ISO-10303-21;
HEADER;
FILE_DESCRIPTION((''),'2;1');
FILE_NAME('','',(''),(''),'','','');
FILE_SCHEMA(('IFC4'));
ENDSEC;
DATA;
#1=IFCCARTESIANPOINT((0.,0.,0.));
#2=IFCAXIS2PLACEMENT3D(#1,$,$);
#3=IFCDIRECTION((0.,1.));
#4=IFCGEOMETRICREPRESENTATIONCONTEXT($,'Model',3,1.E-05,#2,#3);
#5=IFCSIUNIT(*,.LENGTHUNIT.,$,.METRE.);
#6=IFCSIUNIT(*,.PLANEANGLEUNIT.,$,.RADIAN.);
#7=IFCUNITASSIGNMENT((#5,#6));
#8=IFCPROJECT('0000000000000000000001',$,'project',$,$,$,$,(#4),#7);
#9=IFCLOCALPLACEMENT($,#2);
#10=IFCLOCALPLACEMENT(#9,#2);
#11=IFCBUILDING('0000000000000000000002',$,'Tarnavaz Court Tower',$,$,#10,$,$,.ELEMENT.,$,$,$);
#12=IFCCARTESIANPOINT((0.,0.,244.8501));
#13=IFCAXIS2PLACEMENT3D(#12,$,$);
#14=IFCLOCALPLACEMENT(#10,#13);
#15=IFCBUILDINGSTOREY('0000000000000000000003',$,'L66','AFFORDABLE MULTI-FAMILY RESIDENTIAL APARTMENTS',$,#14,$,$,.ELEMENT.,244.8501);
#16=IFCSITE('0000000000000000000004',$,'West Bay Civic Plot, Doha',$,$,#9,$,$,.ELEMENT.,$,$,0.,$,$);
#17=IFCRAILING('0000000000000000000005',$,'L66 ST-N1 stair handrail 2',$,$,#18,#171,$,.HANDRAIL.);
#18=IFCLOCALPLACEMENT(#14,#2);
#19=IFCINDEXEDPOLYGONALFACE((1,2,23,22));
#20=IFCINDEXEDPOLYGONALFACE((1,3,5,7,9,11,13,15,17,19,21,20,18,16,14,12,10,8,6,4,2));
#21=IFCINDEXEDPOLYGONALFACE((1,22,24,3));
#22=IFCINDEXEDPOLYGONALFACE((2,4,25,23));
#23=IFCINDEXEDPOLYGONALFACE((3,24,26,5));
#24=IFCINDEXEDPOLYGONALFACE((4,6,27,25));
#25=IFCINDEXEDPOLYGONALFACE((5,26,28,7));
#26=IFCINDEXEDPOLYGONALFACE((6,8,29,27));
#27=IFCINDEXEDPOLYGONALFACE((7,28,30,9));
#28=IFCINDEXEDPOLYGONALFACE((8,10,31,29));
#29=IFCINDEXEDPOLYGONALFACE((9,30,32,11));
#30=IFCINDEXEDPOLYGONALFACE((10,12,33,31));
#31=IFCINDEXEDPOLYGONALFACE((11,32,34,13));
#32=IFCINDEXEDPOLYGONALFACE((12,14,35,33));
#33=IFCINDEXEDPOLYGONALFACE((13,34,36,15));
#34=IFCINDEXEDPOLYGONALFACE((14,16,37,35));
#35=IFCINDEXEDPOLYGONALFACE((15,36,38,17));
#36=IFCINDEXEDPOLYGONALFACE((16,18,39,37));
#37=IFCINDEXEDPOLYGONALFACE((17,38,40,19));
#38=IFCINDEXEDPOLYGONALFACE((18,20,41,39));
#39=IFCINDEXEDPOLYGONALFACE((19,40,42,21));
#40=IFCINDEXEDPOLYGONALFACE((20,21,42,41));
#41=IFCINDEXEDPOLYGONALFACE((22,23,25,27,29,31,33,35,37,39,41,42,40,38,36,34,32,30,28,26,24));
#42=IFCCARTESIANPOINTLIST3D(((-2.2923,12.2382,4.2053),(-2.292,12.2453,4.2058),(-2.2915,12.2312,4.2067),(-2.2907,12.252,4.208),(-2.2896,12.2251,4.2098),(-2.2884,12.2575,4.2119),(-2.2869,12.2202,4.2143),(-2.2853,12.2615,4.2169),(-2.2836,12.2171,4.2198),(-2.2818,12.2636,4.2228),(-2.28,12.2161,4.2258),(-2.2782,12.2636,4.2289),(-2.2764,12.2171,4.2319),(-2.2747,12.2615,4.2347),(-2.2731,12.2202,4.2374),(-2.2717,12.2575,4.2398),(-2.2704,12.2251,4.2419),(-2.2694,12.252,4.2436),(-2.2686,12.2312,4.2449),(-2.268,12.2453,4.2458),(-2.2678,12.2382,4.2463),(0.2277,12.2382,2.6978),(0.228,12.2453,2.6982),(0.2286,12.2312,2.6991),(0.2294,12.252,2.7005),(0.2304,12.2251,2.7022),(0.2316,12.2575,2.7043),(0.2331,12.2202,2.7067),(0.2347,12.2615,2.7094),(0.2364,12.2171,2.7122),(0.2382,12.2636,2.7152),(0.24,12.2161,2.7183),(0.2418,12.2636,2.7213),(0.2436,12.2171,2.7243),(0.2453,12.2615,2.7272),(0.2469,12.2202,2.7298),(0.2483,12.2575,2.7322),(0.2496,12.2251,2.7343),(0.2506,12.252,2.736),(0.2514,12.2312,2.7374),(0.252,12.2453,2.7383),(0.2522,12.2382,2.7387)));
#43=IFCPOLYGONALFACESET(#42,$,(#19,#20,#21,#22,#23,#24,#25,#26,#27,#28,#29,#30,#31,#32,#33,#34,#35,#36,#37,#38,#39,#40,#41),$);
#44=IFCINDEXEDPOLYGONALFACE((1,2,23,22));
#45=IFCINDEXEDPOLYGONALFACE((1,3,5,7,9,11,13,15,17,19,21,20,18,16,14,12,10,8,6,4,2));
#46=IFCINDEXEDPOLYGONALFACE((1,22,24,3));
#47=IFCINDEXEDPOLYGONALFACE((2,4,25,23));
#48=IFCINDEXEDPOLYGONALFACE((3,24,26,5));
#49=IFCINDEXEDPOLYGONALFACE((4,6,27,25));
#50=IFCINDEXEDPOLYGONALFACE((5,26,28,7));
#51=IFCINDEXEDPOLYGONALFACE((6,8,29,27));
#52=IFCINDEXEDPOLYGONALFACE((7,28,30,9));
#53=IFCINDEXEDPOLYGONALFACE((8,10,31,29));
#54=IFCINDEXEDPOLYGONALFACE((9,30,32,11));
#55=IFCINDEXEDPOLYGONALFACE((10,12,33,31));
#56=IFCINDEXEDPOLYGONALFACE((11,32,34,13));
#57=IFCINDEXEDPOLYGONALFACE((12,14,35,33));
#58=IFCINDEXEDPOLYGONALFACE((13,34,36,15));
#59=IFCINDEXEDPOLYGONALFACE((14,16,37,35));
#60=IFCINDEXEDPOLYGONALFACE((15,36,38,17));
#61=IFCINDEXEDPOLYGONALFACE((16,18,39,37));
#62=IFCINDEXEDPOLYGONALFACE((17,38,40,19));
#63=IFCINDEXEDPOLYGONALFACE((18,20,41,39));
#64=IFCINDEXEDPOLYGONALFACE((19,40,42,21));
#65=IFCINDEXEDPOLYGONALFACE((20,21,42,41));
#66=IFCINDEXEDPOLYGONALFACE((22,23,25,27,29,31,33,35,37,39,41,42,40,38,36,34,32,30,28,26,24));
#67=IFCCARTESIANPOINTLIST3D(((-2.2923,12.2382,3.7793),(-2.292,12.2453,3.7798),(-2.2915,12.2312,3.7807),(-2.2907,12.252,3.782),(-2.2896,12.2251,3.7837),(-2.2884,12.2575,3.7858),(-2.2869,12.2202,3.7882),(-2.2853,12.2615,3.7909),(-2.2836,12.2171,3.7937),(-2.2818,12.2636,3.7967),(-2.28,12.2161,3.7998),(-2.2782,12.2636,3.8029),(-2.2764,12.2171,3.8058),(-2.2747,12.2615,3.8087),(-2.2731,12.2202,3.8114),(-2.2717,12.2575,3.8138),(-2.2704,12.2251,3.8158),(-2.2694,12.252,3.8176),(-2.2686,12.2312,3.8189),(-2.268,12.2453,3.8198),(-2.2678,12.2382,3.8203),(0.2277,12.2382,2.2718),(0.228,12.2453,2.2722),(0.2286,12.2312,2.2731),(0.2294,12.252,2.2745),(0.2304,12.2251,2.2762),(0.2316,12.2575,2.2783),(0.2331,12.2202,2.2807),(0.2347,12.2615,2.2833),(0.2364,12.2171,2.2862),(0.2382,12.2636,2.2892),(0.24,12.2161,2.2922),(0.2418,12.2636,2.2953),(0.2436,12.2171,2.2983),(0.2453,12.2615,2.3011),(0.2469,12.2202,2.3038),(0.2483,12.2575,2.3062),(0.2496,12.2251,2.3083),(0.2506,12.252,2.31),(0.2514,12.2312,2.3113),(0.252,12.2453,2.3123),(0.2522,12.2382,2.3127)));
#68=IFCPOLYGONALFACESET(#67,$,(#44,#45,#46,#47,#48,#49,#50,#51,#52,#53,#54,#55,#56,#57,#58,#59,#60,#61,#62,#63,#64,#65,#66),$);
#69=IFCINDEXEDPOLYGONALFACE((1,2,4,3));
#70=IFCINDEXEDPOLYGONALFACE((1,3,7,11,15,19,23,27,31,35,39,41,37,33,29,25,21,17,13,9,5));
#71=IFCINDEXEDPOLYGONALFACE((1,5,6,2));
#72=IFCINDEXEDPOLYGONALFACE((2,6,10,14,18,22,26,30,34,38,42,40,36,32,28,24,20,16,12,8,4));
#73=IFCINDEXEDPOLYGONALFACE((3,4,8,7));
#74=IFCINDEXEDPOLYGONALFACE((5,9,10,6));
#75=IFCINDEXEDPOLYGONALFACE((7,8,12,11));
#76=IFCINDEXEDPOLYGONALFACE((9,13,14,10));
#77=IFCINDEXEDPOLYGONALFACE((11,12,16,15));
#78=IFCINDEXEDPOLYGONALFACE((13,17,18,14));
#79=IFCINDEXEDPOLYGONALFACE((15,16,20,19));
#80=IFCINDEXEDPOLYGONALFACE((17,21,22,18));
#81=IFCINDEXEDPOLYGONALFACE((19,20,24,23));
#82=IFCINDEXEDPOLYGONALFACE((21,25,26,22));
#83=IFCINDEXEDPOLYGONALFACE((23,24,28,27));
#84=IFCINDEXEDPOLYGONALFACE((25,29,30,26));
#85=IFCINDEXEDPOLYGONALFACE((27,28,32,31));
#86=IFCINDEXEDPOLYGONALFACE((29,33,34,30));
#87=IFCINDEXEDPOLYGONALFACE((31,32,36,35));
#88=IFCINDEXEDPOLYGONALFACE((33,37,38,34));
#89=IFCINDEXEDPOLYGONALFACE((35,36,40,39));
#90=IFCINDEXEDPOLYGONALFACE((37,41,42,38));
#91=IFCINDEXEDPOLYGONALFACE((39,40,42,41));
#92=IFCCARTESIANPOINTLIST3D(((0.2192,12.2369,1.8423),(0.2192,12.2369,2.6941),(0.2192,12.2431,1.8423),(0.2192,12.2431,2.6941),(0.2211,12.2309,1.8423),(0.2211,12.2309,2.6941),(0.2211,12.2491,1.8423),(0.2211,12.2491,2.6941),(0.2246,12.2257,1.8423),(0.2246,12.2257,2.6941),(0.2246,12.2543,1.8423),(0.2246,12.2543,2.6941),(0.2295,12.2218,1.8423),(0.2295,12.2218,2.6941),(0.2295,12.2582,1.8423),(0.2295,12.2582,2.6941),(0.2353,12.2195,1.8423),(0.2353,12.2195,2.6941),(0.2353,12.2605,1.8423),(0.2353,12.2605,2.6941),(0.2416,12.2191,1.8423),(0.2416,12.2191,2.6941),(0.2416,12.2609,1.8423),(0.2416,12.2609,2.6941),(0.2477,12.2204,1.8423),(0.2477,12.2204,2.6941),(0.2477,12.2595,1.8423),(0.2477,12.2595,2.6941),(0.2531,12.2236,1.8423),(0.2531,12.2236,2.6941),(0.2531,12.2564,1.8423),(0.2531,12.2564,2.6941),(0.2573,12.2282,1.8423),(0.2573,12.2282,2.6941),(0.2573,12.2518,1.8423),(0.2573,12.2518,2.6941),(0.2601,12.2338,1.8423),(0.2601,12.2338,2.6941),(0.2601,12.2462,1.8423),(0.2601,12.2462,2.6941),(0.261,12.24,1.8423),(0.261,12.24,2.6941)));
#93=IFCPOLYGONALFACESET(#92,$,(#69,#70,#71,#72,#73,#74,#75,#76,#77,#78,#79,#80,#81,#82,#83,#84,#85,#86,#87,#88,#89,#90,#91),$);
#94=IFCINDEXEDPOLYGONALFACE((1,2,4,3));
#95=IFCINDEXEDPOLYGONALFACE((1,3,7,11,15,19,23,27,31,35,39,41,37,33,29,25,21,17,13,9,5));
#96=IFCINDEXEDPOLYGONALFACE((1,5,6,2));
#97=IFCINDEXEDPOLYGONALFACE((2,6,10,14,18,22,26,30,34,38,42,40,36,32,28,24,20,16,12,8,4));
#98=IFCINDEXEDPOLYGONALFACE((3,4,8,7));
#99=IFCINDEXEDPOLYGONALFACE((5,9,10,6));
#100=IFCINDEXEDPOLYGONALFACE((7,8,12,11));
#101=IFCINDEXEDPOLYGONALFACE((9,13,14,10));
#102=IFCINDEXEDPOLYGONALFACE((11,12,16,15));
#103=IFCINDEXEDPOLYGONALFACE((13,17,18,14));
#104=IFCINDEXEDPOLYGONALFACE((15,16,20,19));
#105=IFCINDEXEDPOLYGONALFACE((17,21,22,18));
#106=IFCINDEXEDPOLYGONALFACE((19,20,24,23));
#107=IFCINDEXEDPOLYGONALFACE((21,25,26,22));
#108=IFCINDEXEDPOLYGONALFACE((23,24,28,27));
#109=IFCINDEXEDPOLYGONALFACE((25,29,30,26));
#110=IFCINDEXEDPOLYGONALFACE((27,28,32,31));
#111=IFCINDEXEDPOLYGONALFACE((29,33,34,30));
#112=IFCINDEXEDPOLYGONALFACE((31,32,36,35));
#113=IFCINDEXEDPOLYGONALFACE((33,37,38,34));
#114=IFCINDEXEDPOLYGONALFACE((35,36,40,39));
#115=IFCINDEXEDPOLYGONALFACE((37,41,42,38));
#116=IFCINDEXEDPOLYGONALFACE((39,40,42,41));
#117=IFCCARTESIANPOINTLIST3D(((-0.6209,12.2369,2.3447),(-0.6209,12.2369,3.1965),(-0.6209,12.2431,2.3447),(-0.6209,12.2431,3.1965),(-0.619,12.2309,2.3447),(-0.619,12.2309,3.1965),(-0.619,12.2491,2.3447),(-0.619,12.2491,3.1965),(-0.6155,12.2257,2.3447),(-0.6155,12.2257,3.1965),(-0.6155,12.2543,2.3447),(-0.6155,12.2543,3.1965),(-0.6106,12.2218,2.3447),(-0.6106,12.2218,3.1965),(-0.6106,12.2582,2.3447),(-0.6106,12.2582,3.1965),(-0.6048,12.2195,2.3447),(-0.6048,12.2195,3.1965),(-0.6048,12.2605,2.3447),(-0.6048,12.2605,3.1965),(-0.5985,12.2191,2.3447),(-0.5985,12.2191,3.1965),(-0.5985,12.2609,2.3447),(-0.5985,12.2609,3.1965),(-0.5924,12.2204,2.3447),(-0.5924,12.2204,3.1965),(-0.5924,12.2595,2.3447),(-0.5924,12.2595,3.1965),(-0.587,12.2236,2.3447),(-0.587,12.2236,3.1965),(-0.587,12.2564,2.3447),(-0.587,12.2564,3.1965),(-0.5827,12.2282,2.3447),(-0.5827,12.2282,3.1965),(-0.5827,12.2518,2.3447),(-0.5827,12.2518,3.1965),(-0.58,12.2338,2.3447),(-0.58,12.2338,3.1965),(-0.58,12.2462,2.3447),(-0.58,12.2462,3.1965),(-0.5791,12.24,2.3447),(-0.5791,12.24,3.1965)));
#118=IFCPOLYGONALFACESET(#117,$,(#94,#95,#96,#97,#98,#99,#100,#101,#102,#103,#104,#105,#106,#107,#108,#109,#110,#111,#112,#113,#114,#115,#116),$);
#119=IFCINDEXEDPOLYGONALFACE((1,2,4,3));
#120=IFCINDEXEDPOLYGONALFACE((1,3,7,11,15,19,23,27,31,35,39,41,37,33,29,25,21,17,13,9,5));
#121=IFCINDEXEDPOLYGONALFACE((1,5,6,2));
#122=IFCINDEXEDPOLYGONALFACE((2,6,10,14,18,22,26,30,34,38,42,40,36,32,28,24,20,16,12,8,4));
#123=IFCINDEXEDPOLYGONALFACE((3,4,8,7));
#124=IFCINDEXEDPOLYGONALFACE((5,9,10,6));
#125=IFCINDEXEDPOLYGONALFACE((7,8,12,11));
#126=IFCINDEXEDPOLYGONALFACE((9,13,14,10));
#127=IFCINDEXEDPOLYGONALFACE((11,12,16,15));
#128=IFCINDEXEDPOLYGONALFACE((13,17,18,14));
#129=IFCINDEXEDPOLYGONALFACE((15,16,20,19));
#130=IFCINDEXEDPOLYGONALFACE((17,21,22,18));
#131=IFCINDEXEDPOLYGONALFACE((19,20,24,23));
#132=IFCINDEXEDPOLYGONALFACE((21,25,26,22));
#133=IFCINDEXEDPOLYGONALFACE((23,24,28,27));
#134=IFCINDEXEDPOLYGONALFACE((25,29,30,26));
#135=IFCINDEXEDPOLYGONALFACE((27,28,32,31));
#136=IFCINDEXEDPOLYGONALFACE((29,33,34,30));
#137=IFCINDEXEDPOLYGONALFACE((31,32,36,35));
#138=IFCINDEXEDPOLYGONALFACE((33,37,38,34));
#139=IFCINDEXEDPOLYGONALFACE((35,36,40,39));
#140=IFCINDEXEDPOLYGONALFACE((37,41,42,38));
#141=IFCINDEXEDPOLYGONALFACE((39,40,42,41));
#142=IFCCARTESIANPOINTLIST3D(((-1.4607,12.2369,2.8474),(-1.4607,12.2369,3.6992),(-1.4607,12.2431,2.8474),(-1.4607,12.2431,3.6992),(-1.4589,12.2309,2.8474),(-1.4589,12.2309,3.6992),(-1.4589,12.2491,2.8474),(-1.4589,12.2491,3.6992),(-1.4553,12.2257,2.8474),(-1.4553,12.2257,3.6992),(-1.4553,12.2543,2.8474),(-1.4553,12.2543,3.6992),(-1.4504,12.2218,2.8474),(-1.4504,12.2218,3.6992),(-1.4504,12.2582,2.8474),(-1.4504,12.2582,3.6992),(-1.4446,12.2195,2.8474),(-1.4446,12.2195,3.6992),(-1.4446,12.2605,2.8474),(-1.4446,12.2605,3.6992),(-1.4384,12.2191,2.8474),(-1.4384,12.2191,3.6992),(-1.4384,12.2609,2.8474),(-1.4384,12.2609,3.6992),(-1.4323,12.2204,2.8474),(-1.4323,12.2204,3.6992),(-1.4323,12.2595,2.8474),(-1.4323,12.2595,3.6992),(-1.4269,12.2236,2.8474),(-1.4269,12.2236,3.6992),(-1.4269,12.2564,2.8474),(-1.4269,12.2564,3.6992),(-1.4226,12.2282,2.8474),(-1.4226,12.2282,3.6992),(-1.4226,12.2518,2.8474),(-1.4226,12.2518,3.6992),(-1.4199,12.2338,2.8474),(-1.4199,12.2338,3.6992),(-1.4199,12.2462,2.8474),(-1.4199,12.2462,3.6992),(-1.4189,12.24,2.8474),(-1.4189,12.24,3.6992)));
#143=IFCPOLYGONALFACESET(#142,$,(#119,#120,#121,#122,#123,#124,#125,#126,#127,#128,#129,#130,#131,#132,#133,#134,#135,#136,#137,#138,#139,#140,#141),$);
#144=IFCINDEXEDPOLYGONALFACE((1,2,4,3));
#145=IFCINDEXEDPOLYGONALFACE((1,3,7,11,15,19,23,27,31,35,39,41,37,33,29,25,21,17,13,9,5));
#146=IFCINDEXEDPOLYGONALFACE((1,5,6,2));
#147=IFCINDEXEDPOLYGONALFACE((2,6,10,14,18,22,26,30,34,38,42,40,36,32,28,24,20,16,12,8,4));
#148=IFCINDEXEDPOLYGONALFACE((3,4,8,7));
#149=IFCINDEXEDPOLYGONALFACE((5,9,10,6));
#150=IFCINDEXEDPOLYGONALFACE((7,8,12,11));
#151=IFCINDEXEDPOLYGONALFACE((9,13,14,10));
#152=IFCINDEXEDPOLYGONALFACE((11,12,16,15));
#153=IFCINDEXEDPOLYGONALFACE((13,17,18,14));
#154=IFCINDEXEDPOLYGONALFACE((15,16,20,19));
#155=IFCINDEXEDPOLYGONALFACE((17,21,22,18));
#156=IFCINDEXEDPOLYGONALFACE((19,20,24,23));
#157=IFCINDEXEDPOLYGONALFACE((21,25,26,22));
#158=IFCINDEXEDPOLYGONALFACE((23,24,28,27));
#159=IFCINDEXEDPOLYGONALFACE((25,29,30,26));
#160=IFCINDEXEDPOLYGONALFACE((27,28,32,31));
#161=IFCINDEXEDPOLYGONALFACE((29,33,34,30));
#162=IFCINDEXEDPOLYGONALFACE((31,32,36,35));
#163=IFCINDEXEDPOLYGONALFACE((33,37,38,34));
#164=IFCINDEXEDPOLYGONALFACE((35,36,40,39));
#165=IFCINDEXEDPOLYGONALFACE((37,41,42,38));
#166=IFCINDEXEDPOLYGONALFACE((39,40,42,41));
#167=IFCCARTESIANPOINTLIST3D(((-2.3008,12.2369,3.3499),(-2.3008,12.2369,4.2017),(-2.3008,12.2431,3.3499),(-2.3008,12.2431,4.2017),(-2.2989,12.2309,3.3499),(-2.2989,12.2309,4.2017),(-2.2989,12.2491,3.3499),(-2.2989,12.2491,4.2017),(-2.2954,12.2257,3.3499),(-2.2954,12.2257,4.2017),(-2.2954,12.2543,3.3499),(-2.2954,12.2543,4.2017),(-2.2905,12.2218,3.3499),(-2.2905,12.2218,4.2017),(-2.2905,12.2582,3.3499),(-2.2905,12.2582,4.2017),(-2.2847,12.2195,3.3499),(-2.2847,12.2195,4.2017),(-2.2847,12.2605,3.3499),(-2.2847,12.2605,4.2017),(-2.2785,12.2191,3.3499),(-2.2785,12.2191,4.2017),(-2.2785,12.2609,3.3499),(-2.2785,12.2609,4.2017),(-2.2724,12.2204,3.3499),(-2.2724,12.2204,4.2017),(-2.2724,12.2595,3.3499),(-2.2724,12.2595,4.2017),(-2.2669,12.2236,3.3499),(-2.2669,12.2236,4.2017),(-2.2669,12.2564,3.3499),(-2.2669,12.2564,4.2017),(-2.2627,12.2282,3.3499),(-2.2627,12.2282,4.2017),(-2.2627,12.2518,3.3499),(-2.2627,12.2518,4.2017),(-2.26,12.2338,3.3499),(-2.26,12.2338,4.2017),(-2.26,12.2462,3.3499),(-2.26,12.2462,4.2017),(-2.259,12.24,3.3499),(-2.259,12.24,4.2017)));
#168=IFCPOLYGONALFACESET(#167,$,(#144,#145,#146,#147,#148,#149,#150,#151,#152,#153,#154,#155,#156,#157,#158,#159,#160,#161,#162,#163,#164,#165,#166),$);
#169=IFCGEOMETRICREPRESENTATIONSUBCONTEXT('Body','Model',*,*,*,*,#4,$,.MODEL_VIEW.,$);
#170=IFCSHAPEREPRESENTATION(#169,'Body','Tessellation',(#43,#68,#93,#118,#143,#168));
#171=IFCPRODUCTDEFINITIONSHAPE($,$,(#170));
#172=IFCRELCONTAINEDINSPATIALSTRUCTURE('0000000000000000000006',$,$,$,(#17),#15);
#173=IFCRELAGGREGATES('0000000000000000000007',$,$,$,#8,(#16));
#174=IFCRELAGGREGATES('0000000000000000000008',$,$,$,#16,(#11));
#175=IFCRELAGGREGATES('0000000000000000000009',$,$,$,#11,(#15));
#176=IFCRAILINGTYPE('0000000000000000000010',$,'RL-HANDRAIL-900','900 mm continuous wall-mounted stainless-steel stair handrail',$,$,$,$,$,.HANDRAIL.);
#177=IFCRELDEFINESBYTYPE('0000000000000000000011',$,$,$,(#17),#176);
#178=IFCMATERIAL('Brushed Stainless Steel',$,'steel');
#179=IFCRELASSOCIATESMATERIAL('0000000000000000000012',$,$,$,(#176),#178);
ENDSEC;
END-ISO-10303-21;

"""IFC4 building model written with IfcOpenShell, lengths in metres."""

from ifc_helpers import new_model, si_unit, direction, frame, origin, origin_2d, place, context, subcontext, project, spatial, circle, extrude, material, type_object, element, save


model = new_model("IFC4")

# Units and contexts
model_context = context("Model", 3, precision=1e-05, world=origin(), true_north=direction((0.0, 1.0)))
body_context = subcontext(model_context, "Body", "Model", "MODEL_VIEW")
ifc_project = project(units=[si_unit("LENGTHUNIT", "METRE"), si_unit("PLANEANGLEUNIT", "RADIAN")], contexts=[model_context])

# Site, building, storey
site_placement = place(None, origin())
site = spatial("IfcSite", under=ifc_project, at=site_placement, Name="West Bay Civic Plot, Doha", CompositionType="ELEMENT", RefElevation=0.0)
building_placement = place(site_placement, origin())
building = spatial("IfcBuilding", under=site, at=building_placement, Name="Tarnavaz Court Tower", CompositionType="ELEMENT")
storey_placement = place(building_placement, frame((0.0, 0.0, 244.8501)))
storey = spatial("IfcBuildingStorey", under=building, at=storey_placement, Name="L66", Description="AFFORDABLE MULTI-FAMILY RESIDENTIAL APARTMENTS", CompositionType="ELEMENT", Elevation=244.8501)

# Railing
ifc_material_1 = material(Name="Brushed Stainless Steel", Category="steel")
railing_type_1 = type_object("IfcRailingType", Name="RL-HANDRAIL-900", Description="900 mm continuous wall-mounted stainless-steel stair handrail", PredefinedType="HANDRAIL", material=ifc_material_1)
railing_1_placement = place(storey_placement, frame((0.24, 12.24, 1.8423)))
element("IfcRailing", 1, at=railing_1_placement, inside=storey, type_object=railing_type_1, Name="L66 ST-N1 stair handrail 2", PredefinedType="HANDRAIL", context=body_context, shape_type="SweptSolid", body=[
    extrude(circle(Radius=0.0239, at=origin_2d()), frame((0.0, 0.0, 0.876), z_axis=(-0.85816, 0.0, 0.513383), x_axis=(0.0, -1.0, 0.0)), (0.0, 0.0, 1.0), 2.9365),
    extrude(circle(Radius=0.0239, at=origin_2d()), frame((0.0, 0.0, 0.45), z_axis=(-0.85816, 0.0, 0.513383), x_axis=(0.0, -1.0, 0.0)), (0.0, 0.0, 1.0), 2.9365),
    extrude(circle(Radius=0.021, at=origin_2d()), origin(), (0.0, 0.0, 1.0), 0.8518),
    extrude(circle(Radius=0.021, at=origin_2d()), frame((-0.8401, 0.0, 0.5024)), (0.0, 0.0, 1.0), 0.8518),
    extrude(circle(Radius=0.021, at=origin_2d()), frame((-1.6799, 0.0, 1.0051)), (0.0, 0.0, 1.0), 0.8518),
    extrude(circle(Radius=0.021, at=origin_2d()), frame((-2.52, 0.0, 1.5076)), (0.0, 0.0, 1.0), 0.8518),
])

save(model, "model.ifc")
